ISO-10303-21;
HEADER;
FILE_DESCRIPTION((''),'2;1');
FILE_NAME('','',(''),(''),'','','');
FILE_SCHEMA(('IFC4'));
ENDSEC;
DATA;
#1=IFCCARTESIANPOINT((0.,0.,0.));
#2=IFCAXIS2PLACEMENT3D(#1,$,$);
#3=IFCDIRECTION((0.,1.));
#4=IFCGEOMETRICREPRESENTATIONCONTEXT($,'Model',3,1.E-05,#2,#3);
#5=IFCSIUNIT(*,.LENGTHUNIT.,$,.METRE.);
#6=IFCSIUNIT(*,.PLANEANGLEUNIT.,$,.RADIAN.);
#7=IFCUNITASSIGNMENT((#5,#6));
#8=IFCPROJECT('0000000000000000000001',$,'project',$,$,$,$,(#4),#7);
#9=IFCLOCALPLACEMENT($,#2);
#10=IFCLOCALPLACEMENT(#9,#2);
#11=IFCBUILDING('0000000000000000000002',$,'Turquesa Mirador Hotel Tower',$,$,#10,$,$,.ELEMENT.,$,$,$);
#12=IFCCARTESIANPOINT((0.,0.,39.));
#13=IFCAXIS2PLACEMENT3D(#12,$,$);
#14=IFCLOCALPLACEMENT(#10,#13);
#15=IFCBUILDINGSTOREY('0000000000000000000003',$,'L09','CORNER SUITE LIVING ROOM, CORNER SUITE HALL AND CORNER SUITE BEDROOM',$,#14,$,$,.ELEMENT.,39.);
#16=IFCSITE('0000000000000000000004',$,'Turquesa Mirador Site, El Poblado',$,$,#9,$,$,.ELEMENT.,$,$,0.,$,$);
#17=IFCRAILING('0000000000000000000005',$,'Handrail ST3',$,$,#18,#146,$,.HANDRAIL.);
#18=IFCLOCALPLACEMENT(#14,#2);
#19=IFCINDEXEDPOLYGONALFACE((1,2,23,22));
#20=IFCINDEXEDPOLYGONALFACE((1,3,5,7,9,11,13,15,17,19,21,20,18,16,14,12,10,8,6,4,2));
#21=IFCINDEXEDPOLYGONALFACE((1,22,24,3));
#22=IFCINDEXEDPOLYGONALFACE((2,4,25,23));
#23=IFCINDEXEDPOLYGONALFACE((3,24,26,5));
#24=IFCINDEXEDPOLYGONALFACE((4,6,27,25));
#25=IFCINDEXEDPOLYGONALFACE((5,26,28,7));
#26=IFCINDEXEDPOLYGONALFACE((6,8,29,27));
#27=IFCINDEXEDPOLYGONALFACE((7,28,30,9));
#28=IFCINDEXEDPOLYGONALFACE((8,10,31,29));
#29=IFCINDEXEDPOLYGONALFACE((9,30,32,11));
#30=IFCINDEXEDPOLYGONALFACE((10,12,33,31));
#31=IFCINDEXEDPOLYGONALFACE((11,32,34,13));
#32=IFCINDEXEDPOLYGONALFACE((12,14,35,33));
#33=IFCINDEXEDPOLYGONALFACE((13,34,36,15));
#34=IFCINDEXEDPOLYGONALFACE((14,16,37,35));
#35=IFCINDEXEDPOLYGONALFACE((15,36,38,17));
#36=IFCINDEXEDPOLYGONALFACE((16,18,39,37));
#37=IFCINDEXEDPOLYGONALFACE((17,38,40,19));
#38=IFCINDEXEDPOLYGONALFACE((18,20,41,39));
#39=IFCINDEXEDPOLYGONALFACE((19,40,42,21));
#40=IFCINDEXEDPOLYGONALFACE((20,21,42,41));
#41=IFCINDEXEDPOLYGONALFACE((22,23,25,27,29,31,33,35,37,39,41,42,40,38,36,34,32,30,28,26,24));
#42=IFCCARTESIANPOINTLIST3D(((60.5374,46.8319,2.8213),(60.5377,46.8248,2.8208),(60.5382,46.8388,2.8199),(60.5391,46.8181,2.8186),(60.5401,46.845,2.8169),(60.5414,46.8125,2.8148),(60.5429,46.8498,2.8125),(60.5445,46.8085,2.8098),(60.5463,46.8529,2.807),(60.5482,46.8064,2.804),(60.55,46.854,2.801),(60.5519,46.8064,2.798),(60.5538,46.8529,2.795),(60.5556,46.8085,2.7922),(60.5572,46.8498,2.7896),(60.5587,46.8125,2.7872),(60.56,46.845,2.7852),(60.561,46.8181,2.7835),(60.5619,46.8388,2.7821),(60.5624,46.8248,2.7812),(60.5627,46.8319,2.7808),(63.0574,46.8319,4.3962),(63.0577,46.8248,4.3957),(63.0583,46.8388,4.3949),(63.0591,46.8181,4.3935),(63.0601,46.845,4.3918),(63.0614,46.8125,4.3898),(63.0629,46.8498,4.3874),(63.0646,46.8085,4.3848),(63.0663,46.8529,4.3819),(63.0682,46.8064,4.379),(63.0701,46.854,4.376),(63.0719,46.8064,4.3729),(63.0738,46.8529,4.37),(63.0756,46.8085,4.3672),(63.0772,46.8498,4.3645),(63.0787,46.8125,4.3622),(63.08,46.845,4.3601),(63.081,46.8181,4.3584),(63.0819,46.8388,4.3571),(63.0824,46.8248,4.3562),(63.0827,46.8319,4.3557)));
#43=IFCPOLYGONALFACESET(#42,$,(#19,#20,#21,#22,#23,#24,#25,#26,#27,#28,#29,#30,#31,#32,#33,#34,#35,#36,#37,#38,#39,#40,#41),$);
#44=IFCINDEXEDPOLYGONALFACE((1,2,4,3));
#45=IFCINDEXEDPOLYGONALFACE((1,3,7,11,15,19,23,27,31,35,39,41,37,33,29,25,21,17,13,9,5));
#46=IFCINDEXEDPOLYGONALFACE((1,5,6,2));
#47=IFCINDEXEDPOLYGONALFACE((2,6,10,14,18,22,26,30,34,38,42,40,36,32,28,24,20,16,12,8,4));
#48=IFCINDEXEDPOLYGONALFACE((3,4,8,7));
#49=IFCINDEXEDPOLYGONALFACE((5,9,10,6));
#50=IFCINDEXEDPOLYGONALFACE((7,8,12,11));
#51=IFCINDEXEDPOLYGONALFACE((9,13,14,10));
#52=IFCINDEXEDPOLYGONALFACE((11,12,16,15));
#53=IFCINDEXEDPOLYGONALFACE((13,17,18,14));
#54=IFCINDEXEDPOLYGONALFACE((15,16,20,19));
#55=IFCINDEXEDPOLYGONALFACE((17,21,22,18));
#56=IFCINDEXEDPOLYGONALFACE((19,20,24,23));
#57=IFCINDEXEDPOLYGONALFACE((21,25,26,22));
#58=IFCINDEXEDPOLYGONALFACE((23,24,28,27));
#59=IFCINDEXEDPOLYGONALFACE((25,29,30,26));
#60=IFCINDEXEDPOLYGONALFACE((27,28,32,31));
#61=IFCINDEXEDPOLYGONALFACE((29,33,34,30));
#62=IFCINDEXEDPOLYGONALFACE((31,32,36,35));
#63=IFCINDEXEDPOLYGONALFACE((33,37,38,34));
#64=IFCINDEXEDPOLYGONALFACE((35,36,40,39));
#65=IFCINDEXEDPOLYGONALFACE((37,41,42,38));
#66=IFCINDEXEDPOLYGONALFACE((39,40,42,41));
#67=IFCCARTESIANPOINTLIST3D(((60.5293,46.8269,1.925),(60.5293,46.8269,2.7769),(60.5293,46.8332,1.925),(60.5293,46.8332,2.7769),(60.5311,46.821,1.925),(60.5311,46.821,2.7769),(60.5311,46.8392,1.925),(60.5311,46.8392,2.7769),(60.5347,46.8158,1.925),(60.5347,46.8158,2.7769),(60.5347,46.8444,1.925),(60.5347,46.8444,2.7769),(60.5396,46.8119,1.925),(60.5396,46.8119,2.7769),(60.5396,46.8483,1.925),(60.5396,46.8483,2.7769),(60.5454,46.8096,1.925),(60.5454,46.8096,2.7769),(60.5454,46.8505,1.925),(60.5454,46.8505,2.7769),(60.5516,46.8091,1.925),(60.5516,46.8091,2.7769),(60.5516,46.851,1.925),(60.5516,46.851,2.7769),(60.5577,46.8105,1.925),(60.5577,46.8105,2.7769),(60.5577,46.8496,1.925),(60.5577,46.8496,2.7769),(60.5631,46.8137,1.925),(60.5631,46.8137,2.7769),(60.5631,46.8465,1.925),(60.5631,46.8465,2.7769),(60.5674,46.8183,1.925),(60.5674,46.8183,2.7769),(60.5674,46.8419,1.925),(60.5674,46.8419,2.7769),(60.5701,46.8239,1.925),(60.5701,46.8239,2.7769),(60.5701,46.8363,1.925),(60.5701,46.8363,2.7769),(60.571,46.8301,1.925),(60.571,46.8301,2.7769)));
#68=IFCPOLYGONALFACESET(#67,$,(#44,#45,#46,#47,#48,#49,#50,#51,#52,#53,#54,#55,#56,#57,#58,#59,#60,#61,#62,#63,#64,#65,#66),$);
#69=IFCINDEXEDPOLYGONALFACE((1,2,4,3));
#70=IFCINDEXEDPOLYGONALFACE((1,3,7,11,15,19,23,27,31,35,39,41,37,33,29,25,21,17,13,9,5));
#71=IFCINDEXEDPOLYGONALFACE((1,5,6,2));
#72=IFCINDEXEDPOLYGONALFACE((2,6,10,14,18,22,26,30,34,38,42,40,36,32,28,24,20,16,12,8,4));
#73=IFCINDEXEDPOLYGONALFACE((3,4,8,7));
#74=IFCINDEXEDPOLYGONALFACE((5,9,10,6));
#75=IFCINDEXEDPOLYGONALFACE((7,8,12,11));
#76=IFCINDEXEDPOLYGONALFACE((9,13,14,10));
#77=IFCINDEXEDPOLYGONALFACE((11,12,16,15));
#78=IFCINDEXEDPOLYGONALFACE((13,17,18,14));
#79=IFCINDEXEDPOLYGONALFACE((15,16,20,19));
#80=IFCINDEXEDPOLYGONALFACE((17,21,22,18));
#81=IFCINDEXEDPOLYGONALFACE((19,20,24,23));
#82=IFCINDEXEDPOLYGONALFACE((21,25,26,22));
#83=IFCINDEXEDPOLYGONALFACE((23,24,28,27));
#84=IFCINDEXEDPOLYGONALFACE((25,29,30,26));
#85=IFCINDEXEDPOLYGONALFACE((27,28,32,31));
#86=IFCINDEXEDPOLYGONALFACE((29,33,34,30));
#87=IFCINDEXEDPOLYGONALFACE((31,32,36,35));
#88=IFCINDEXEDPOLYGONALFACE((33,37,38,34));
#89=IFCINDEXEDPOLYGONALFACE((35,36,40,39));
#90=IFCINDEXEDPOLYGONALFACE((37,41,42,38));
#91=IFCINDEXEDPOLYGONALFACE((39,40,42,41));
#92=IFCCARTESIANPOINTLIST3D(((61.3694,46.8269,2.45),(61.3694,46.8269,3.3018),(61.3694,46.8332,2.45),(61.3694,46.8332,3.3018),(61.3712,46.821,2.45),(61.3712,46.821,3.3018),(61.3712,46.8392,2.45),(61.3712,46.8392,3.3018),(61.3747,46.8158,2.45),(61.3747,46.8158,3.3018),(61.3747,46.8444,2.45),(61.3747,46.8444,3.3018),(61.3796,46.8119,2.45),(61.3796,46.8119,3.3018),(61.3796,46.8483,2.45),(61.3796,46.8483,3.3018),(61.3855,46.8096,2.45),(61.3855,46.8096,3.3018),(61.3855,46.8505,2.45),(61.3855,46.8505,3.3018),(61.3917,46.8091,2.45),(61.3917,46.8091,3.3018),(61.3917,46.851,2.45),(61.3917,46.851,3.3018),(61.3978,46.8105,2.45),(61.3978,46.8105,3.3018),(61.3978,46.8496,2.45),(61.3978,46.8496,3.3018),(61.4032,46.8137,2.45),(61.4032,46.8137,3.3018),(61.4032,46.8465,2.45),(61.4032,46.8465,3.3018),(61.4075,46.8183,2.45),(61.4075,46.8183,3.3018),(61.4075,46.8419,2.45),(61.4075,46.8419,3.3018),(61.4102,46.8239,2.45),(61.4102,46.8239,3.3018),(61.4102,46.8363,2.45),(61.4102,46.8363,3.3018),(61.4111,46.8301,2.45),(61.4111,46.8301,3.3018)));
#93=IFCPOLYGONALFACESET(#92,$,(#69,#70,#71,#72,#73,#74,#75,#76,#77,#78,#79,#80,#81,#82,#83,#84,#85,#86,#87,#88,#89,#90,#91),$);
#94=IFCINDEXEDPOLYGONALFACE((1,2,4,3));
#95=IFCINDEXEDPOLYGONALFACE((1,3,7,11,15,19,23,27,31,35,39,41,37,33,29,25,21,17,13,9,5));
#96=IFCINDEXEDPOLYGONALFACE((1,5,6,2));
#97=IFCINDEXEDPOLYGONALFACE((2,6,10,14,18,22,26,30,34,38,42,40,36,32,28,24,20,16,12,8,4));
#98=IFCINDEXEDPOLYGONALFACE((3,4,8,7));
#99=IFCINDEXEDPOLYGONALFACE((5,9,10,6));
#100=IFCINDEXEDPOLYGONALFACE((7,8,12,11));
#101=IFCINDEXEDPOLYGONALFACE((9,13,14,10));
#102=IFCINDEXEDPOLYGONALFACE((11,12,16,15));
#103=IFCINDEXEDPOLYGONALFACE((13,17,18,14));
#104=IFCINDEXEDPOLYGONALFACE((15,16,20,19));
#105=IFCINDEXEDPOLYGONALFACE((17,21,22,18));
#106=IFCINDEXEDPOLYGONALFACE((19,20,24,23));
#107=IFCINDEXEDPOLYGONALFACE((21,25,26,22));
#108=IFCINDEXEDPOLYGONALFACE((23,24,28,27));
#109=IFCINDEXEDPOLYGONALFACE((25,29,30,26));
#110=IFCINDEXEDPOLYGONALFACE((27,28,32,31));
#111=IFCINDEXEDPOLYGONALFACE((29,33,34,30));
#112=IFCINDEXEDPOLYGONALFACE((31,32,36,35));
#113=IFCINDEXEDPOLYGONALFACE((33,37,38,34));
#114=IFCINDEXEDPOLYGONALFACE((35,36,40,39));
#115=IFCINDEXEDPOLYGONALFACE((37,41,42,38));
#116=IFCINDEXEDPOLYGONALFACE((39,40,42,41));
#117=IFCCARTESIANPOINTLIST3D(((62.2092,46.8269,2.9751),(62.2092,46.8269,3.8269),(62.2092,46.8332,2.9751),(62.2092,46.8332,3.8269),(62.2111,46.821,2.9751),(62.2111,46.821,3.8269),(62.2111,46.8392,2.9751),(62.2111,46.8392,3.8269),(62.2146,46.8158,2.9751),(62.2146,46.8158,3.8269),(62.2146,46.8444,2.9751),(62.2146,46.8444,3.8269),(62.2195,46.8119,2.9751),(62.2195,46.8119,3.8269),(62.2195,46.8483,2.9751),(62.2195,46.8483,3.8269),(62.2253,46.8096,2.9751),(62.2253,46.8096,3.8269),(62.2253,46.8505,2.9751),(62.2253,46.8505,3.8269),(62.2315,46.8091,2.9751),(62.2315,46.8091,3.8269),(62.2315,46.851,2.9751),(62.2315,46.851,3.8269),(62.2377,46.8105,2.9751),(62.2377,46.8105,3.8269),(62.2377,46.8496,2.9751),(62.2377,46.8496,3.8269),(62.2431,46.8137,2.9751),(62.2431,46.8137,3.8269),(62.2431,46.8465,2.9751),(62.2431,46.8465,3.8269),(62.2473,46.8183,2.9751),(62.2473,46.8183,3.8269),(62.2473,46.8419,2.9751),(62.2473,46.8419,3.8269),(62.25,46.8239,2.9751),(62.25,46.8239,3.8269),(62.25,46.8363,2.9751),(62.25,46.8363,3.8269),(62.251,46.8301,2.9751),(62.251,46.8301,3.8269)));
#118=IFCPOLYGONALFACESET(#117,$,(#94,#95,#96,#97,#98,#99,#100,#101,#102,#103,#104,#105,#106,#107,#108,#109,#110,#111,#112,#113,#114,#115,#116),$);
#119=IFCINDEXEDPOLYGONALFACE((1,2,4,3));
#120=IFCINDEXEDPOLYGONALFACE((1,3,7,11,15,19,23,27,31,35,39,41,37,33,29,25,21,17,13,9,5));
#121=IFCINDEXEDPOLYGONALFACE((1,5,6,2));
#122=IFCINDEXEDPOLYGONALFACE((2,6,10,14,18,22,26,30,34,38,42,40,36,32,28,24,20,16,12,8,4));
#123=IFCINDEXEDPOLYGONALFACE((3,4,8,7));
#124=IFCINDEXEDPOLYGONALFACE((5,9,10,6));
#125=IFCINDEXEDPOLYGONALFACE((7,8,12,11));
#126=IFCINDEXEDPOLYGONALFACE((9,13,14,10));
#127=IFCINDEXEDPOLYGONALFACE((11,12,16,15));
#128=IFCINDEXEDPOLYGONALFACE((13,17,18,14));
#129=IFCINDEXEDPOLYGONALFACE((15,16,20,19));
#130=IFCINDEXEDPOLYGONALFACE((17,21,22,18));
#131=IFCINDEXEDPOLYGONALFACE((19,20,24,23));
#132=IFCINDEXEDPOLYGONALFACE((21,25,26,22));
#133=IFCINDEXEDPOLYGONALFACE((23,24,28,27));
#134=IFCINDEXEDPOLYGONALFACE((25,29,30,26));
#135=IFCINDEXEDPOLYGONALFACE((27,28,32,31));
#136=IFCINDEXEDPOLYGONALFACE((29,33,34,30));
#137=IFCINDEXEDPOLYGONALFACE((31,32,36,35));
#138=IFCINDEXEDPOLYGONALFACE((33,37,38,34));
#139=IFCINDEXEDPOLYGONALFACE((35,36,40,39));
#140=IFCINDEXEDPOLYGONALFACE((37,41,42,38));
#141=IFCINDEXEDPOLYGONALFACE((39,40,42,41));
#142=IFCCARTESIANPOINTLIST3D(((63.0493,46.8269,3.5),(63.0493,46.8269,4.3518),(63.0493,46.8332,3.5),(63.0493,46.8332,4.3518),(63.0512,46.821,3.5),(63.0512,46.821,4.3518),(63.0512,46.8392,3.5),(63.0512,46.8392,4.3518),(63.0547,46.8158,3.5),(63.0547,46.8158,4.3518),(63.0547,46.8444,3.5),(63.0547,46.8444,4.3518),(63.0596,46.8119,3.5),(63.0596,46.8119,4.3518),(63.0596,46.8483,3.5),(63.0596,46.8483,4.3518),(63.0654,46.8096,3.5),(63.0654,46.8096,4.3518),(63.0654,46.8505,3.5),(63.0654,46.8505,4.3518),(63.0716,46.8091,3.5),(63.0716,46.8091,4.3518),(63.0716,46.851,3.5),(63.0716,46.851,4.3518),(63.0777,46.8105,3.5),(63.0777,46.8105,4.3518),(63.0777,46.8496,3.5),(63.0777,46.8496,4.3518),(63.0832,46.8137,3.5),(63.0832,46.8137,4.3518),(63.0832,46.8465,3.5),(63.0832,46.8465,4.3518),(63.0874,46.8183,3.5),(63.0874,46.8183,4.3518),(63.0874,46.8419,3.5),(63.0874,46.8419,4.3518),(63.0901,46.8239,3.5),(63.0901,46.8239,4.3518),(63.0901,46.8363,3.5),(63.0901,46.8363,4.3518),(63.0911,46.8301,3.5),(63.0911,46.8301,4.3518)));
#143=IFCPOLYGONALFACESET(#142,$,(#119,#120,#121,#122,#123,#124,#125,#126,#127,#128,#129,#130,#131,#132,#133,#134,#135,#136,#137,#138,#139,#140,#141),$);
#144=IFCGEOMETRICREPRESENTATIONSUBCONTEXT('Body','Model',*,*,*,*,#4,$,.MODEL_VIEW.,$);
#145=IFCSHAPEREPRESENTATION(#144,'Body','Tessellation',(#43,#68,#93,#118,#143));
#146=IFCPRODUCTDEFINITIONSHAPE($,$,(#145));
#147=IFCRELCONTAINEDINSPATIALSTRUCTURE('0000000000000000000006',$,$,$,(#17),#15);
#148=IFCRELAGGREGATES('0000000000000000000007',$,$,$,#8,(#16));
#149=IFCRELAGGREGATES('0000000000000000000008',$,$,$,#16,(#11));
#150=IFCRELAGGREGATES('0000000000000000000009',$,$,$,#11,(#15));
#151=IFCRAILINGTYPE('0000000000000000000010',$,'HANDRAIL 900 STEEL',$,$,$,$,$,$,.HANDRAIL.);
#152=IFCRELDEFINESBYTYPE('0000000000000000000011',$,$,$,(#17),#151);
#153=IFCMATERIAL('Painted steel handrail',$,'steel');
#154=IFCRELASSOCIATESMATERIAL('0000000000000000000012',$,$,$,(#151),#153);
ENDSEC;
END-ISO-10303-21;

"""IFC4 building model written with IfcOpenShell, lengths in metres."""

from ifc_helpers import new_model, si_unit, direction, frame, origin, origin_2d, place, context, subcontext, project, spatial, circle, extrude, material, type_object, element, save


model = new_model("IFC4")

# Units and contexts
model_context = context("Model", 3, precision=1e-05, world=origin(), true_north=direction((0.0, 1.0)))
body_context = subcontext(model_context, "Body", "Model", "MODEL_VIEW")
ifc_project = project(units=[si_unit("LENGTHUNIT", "METRE"), si_unit("PLANEANGLEUNIT", "RADIAN")], contexts=[model_context])

# Site, building, storey
site_placement = place(None, origin())
site = spatial("IfcSite", under=ifc_project, at=site_placement, Name="Turquesa Mirador Site, El Poblado", CompositionType="ELEMENT", RefElevation=0.0)
building_placement = place(site_placement, origin())
building = spatial("IfcBuilding", under=site, at=building_placement, Name="Turquesa Mirador Hotel Tower", CompositionType="ELEMENT")
storey_placement = place(building_placement, frame((0.0, 0.0, 39.0)))
storey = spatial("IfcBuildingStorey", under=building, at=storey_placement, Name="L09", Description="CORNER SUITE LIVING ROOM, CORNER SUITE HALL AND CORNER SUITE BEDROOM", CompositionType="ELEMENT", Elevation=39.0)

# Railing
ifc_material_1 = material(Name="Painted steel handrail", Category="steel")
railing_type = type_object("IfcRailingType", Name="HANDRAIL 900 STEEL", PredefinedType="HANDRAIL", material=ifc_material_1)
railing_1_placement = place(storey_placement, frame((60.55, 46.8301, 1.925)))
element("IfcRailing", 1, at=railing_1_placement, inside=storey, type_object=railing_type, Name="Handrail ST3", PredefinedType="HANDRAIL", context=body_context, shape_type="SweptSolid", body=[
    extrude(circle(Radius=0.0239, at=origin_2d()), frame((0.0, 0.0, 0.876), z_axis=(0.848008, 0.0, 0.529984), x_axis=(0.0, 1.0, 0.0)), (0.0, 0.0, 1.0), 2.9717),
    extrude(circle(Radius=0.021, at=origin_2d()), origin(), (0.0, 0.0, 1.0), 0.8518),
    extrude(circle(Radius=0.021, at=origin_2d()), frame((0.8401, 0.0, 0.5249)), (0.0, 0.0, 1.0), 0.8518),
    extrude(circle(Radius=0.021, at=origin_2d()), frame((1.6799, 0.0, 1.05)), (0.0, 0.0, 1.0), 0.8518),
    extrude(circle(Radius=0.021, at=origin_2d()), frame((2.52, 0.0, 1.575)), (0.0, 0.0, 1.0), 0.8518),
])

save(model, "model.ifc")
